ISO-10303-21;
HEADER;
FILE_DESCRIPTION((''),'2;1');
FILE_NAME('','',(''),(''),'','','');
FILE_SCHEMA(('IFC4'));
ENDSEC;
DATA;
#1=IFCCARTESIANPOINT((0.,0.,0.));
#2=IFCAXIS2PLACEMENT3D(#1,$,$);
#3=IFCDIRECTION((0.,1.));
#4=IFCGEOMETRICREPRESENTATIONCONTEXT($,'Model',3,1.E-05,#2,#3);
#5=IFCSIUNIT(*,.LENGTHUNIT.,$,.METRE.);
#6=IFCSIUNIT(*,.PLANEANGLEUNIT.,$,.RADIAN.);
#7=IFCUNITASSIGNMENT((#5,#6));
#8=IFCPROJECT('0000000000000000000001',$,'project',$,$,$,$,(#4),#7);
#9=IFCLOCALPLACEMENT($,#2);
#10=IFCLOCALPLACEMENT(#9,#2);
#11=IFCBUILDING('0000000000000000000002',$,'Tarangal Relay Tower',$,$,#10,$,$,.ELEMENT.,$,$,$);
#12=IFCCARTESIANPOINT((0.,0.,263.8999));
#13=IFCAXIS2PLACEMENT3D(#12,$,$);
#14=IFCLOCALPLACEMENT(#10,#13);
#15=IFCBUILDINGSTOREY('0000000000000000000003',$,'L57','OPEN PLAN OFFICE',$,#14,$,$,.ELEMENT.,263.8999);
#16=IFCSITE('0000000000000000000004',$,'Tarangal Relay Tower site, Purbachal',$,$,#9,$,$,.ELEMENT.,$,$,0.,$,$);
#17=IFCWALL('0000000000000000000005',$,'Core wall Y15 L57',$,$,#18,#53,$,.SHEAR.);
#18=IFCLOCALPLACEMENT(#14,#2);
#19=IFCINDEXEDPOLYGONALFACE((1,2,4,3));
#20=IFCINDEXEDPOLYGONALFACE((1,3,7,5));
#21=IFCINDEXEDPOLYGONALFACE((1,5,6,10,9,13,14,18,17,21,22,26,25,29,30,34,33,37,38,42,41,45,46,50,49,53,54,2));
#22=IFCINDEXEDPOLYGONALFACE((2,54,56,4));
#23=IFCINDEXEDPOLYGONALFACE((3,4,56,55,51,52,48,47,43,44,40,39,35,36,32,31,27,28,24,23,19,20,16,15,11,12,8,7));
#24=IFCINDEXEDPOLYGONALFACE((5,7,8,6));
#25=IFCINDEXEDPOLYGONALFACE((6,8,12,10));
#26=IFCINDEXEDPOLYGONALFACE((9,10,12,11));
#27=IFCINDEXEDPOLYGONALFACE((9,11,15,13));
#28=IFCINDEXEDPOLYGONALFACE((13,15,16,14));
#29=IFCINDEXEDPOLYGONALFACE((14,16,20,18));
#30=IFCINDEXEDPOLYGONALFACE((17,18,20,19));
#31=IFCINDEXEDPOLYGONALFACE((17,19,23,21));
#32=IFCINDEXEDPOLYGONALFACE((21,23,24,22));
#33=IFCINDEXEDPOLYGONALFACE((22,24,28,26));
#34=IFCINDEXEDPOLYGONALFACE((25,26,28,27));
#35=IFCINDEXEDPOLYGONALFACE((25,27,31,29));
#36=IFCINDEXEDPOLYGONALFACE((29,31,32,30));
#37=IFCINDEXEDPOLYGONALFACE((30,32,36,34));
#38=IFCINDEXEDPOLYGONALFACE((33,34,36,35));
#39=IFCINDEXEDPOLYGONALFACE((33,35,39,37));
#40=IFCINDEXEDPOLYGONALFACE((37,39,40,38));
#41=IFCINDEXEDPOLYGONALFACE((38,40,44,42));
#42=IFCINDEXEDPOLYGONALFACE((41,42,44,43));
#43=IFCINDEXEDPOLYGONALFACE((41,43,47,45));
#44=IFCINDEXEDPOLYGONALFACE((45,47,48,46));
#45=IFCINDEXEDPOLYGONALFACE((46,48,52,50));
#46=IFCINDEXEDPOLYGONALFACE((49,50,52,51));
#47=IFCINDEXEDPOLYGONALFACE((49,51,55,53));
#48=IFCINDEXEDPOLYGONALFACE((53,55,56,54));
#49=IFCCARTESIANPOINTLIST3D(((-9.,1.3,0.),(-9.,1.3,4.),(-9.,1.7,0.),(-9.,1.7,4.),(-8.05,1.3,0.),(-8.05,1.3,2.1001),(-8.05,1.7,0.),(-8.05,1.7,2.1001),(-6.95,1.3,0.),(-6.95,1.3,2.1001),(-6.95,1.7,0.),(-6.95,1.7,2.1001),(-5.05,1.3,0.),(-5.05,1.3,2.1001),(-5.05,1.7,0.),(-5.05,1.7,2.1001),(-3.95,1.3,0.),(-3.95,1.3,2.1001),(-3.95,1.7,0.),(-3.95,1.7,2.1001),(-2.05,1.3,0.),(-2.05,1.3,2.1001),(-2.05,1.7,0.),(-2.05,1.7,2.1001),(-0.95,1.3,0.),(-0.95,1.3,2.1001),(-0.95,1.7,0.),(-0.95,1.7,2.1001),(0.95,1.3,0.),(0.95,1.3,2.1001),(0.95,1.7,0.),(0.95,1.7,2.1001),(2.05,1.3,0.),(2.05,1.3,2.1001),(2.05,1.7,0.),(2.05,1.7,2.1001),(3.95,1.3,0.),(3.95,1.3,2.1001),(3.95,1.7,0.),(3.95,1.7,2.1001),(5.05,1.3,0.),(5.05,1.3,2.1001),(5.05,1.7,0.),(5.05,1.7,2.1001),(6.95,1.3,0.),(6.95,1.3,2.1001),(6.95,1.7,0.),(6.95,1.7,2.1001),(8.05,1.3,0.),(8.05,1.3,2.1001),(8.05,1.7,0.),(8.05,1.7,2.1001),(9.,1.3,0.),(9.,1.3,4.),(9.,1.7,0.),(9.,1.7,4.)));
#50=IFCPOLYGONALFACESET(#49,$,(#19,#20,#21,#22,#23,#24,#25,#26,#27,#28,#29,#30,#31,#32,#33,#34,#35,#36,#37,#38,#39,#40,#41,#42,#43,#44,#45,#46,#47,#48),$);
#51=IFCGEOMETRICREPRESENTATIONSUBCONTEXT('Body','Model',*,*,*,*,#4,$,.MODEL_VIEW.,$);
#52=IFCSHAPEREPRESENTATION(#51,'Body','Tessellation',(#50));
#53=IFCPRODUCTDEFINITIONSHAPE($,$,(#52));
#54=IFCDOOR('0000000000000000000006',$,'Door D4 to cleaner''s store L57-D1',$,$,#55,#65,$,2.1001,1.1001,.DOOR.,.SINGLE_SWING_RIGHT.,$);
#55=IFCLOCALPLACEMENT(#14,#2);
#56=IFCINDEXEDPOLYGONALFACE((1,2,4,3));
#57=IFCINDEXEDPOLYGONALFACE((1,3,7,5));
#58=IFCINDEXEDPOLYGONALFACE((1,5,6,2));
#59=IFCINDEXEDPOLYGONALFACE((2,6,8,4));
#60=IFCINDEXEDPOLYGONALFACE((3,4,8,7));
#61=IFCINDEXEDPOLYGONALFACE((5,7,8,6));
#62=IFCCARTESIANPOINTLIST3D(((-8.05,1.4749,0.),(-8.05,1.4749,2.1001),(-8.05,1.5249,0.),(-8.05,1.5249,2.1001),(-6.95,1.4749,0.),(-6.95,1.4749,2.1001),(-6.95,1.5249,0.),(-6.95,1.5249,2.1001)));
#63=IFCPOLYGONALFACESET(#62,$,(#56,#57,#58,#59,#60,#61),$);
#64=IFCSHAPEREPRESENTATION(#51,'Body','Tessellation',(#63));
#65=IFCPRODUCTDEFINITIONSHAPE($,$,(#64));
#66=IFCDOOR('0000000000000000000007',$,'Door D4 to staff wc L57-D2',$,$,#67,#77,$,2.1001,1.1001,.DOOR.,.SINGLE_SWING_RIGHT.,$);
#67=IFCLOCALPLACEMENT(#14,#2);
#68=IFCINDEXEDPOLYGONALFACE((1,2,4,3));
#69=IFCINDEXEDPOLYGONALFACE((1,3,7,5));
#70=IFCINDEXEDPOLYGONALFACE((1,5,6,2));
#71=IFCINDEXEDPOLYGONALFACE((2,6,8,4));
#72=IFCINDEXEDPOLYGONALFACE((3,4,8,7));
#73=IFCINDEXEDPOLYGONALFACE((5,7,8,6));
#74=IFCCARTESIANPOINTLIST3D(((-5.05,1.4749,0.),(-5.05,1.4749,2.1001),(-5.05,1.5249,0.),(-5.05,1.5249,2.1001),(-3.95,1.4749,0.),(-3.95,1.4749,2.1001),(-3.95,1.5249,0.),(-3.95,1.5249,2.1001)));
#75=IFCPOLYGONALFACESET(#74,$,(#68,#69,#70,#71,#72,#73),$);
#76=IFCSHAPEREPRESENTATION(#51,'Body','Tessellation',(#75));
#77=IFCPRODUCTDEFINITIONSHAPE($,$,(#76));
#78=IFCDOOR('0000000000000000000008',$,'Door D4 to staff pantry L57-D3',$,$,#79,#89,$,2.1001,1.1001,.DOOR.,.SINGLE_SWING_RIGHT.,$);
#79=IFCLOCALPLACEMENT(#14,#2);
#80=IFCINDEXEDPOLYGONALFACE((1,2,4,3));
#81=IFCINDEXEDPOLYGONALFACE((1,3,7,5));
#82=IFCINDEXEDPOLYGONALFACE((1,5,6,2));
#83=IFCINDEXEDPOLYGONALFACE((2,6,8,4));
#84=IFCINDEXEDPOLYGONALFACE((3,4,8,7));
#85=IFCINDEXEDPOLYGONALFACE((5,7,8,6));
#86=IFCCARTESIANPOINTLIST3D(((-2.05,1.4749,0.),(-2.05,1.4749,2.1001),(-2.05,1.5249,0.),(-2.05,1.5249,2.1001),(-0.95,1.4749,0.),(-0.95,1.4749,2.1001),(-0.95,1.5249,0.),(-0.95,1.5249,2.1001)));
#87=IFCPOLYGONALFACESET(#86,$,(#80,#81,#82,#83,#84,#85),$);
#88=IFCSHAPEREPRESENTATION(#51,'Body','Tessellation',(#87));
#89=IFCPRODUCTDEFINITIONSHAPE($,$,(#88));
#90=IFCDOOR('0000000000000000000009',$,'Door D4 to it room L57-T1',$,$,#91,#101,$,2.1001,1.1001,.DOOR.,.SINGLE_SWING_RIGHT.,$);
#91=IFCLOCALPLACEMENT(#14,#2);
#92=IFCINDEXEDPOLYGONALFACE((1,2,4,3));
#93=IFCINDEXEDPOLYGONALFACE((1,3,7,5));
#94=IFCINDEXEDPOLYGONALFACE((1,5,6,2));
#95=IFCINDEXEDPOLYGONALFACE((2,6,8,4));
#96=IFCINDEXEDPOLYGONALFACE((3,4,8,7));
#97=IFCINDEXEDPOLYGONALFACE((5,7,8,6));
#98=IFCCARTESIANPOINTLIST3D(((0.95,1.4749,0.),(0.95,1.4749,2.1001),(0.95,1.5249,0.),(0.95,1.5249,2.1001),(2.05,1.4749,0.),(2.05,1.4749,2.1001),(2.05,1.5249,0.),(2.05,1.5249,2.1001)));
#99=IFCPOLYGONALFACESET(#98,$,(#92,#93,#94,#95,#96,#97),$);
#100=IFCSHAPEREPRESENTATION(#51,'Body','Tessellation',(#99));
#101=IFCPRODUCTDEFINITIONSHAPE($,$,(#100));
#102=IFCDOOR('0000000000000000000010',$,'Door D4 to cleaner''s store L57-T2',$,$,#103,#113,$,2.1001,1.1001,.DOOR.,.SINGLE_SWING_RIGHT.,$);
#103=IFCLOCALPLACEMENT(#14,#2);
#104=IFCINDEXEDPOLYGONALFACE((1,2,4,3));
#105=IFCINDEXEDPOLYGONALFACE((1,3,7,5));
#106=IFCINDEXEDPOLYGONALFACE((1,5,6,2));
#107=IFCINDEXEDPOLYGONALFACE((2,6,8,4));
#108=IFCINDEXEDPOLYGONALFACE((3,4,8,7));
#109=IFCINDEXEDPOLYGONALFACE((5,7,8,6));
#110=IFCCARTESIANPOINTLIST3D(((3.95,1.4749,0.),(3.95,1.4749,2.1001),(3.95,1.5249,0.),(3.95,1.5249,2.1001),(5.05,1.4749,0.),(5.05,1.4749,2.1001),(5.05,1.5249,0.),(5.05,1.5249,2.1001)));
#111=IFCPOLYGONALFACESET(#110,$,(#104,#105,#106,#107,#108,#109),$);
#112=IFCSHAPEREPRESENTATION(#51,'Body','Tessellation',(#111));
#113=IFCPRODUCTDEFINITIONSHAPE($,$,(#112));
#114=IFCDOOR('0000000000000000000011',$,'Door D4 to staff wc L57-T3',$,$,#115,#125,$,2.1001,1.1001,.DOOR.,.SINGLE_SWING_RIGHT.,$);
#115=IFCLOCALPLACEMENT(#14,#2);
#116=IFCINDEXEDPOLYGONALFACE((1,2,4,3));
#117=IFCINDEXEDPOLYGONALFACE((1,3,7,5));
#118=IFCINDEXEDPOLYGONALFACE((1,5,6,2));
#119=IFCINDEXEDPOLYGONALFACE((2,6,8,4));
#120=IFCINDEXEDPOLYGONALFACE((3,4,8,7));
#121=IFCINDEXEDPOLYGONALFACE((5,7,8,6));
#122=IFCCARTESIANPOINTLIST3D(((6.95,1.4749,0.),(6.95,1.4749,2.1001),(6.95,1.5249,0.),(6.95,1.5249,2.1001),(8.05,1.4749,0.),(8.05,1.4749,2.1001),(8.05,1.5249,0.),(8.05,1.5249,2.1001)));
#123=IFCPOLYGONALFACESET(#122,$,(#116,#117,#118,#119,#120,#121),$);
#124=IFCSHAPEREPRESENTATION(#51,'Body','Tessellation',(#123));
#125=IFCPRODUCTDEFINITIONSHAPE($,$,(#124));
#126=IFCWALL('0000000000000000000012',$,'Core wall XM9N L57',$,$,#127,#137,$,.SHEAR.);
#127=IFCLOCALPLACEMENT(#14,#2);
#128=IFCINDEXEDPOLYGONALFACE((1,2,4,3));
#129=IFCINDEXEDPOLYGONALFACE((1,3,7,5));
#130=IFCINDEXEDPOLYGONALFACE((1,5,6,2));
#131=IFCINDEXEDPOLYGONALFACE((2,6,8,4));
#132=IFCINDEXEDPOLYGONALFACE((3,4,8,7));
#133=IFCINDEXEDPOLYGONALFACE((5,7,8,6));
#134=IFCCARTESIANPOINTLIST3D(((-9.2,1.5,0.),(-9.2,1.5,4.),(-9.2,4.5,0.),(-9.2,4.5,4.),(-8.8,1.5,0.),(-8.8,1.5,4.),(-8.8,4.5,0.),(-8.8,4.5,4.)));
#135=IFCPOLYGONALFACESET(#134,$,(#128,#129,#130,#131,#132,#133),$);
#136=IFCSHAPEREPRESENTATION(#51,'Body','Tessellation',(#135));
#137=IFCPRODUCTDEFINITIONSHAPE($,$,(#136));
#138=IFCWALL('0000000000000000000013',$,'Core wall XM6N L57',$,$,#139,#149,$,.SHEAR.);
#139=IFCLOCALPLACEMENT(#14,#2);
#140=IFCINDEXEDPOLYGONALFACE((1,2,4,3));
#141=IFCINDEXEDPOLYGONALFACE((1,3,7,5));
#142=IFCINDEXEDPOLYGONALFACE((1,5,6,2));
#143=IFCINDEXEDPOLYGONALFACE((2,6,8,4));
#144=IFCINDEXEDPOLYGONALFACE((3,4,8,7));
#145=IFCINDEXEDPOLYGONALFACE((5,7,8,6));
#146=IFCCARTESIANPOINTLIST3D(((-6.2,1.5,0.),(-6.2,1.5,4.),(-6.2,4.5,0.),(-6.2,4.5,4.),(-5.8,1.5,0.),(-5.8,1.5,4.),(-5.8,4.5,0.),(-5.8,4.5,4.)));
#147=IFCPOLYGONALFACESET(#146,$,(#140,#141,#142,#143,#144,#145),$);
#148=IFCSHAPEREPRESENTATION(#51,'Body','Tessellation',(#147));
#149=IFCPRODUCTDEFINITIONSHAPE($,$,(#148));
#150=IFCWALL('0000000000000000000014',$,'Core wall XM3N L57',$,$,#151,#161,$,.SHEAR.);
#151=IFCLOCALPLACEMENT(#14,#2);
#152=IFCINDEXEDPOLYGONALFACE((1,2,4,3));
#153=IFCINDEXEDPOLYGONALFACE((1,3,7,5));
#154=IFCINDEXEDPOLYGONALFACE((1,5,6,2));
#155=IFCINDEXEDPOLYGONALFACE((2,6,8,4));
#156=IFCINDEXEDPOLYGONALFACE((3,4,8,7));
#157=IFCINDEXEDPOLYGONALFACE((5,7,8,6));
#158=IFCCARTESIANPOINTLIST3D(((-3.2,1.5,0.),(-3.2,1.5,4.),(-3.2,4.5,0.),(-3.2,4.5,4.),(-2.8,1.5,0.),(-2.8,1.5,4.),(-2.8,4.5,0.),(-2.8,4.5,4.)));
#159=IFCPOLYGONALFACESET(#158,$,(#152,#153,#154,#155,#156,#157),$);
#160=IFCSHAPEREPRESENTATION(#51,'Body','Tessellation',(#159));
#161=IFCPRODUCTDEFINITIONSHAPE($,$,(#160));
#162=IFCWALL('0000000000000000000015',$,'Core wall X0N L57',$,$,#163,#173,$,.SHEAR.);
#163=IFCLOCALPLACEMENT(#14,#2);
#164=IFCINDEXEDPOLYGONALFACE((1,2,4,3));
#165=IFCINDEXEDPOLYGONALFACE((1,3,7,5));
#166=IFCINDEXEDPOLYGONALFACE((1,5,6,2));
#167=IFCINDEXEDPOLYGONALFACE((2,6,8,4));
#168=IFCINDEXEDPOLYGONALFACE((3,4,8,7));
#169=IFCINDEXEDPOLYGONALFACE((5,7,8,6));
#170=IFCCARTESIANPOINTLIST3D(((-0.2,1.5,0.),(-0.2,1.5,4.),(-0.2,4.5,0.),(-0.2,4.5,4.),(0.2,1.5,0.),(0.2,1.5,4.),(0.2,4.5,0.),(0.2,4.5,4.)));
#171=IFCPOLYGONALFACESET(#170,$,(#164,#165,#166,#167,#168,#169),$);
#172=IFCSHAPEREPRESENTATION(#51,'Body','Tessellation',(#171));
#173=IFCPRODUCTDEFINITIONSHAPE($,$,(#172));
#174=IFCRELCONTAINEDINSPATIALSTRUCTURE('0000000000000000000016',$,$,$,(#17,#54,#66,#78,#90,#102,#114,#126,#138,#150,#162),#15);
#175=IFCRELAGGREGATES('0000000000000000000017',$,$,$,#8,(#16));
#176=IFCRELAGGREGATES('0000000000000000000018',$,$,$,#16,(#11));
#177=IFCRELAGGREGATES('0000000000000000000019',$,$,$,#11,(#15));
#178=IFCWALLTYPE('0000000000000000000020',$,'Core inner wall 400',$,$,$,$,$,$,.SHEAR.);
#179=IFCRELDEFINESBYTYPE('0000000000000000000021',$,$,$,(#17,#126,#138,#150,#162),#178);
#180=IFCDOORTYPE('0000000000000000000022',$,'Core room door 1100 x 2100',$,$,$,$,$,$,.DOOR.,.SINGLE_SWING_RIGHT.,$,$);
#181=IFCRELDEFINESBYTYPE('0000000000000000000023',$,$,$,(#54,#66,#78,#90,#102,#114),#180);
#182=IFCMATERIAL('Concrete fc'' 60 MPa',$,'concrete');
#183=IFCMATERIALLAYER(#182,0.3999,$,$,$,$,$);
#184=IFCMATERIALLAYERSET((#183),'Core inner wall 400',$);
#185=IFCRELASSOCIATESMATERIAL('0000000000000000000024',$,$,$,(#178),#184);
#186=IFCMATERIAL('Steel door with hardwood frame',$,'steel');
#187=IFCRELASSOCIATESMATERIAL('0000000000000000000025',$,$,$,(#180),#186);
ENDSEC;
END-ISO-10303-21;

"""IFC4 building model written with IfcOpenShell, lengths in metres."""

from ifc_helpers import new_model, si_unit, direction, frame, frame_2d, origin, place, context, subcontext, project, spatial, rectangle, extrude, material, layer, layer_set, type_object, element, fill, save


model = new_model("IFC4")

# Units and contexts
model_context = context("Model", 3, precision=1e-05, world=origin(), true_north=direction((0.0, 1.0)))
body_context = subcontext(model_context, "Body", "Model", "MODEL_VIEW")
ifc_project = project(units=[si_unit("LENGTHUNIT", "METRE"), si_unit("PLANEANGLEUNIT", "RADIAN")], contexts=[model_context])

# Site, building, storey
site_placement = place(None, origin())
site = spatial("IfcSite", under=ifc_project, at=site_placement, Name="Tarangal Relay Tower site, Purbachal", CompositionType="ELEMENT", RefElevation=0.0)
building_placement = place(site_placement, origin())
building = spatial("IfcBuilding", under=site, at=building_placement, Name="Tarangal Relay Tower", CompositionType="ELEMENT")
storey_placement = place(building_placement, frame((0.0, 0.0, 263.8999)))
storey = spatial("IfcBuildingStorey", under=building, at=storey_placement, Name="L57", Description="OPEN PLAN OFFICE", CompositionType="ELEMENT", Elevation=263.8999)

# Wall, openings, doors
ifc_material_1 = material(Name="Concrete fc' 60 MPa", Category="concrete")
ifc_layer_1 = layer(ifc_material_1, 0.3999)
ifc_layer_set_1 = layer_set([ifc_layer_1], Name="Core inner wall 400")
wall_type = type_object("IfcWallType", Name="Core inner wall 400", PredefinedType="SHEAR", material=ifc_layer_set_1)
wall_1_placement = place(storey_placement, frame((-9.0, 1.5, 0.0), z_axis=(0.0, 0.0, 1.0), x_axis=(1.0, 0.0, 0.0)))
wall_1 = element("IfcWall", 1, at=wall_1_placement, inside=storey, type_object=wall_type, Name="Core wall Y15 L57", PredefinedType="SHEAR", context=body_context, shape_type="SweptSolid", body=[
    extrude(rectangle(XDim=18.0, YDim=0.3999, at=frame_2d((9.0, 0.0))), origin(), (0.0, 0.0, 1.0), 4.0),
])
opening_1_placement = place(wall_1_placement, frame((0.95, 0.0, 0.0)))
opening_1 = element("IfcOpeningElement", 2, at=opening_1_placement, cuts=wall_1, PredefinedType="OPENING", context=body_context, shape_type="SweptSolid", body=[
    extrude(rectangle(XDim=1.1001, YDim=2.1001, at=frame_2d((0.55, 1.05))), frame((0.0, 0.21, 0.0), z_axis=(0.0, -1.0, 0.0), x_axis=(1.0, 0.0, 0.0)), (0.0, 0.0, 1.0), 0.4199),
])
opening_2_placement = place(wall_1_placement, frame((3.95, 0.0, 0.0)))
opening_2 = element("IfcOpeningElement", 3, at=opening_2_placement, cuts=wall_1, PredefinedType="OPENING", context=body_context, shape_type="SweptSolid", body=[
    extrude(rectangle(XDim=1.1001, YDim=2.1001, at=frame_2d((0.55, 1.05))), frame((0.0, 0.21, 0.0), z_axis=(0.0, -1.0, 0.0), x_axis=(1.0, 0.0, 0.0)), (0.0, 0.0, 1.0), 0.4199),
])
opening_3_placement = place(wall_1_placement, frame((6.95, 0.0, 0.0)))
opening_3 = element("IfcOpeningElement", 4, at=opening_3_placement, cuts=wall_1, PredefinedType="OPENING", context=body_context, shape_type="SweptSolid", body=[
    extrude(rectangle(XDim=1.1001, YDim=2.1001, at=frame_2d((0.55, 1.05))), frame((0.0, 0.21, 0.0), z_axis=(0.0, -1.0, 0.0), x_axis=(1.0, 0.0, 0.0)), (0.0, 0.0, 1.0), 0.4199),
])
opening_4_placement = place(wall_1_placement, frame((9.95, 0.0, 0.0)))
opening_4 = element("IfcOpeningElement", 5, at=opening_4_placement, cuts=wall_1, PredefinedType="OPENING", context=body_context, shape_type="SweptSolid", body=[
    extrude(rectangle(XDim=1.1001, YDim=2.1001, at=frame_2d((0.55, 1.05))), frame((0.0, 0.21, 0.0), z_axis=(0.0, -1.0, 0.0), x_axis=(1.0, 0.0, 0.0)), (0.0, 0.0, 1.0), 0.4199),
])
opening_5_placement = place(wall_1_placement, frame((12.95, 0.0, 0.0)))
opening_5 = element("IfcOpeningElement", 6, at=opening_5_placement, cuts=wall_1, PredefinedType="OPENING", context=body_context, shape_type="SweptSolid", body=[
    extrude(rectangle(XDim=1.1001, YDim=2.1001, at=frame_2d((0.55, 1.05))), frame((0.0, 0.21, 0.0), z_axis=(0.0, -1.0, 0.0), x_axis=(1.0, 0.0, 0.0)), (0.0, 0.0, 1.0), 0.4199),
])
opening_6_placement = place(wall_1_placement, frame((15.95, 0.0, 0.0)))
opening_6 = element("IfcOpeningElement", 7, at=opening_6_placement, cuts=wall_1, PredefinedType="OPENING", context=body_context, shape_type="SweptSolid", body=[
    extrude(rectangle(XDim=1.1001, YDim=2.1001, at=frame_2d((0.55, 1.05))), frame((0.0, 0.21, 0.0), z_axis=(0.0, -1.0, 0.0), x_axis=(1.0, 0.0, 0.0)), (0.0, 0.0, 1.0), 0.4199),
])
ifc_material_2 = material(Name="Steel door with hardwood frame", Category="steel")
door_type_1 = type_object("IfcDoorType", Name="Core room door 1100 x 2100", OperationType="SINGLE_SWING_RIGHT", PredefinedType="DOOR", material=ifc_material_2)
door_1_placement = place(opening_1_placement, origin())
door_1 = element("IfcDoor", 8, at=door_1_placement, inside=storey, type_object=door_type_1, Name="Door D4 to cleaner's store L57-D1", OperationType="SINGLE_SWING_RIGHT", OverallHeight=2.1001, OverallWidth=1.1001, PredefinedType="DOOR", context=body_context, shape_type="SweptSolid", body=[
    extrude(rectangle(XDim=1.1001, YDim=2.1001, at=frame_2d((0.55, 1.05))), frame((0.0, 0.0249, 0.0), z_axis=(0.0, -1.0, 0.0), x_axis=(1.0, 0.0, 0.0)), (0.0, 0.0, 1.0), 0.05),
])
fill(opening_1, door_1)
door_2_placement = place(opening_2_placement, origin())
door_2 = element("IfcDoor", 9, at=door_2_placement, inside=storey, type_object=door_type_1, Name="Door D4 to staff wc L57-D2", OperationType="SINGLE_SWING_RIGHT", OverallHeight=2.1001, OverallWidth=1.1001, PredefinedType="DOOR", context=body_context, shape_type="SweptSolid", body=[
    extrude(rectangle(XDim=1.1001, YDim=2.1001, at=frame_2d((0.55, 1.05))), frame((0.0, 0.0249, 0.0), z_axis=(0.0, -1.0, 0.0), x_axis=(1.0, 0.0, 0.0)), (0.0, 0.0, 1.0), 0.05),
])
fill(opening_2, door_2)
door_3_placement = place(opening_3_placement, origin())
door_3 = element("IfcDoor", 10, at=door_3_placement, inside=storey, type_object=door_type_1, Name="Door D4 to staff pantry L57-D3", OperationType="SINGLE_SWING_RIGHT", OverallHeight=2.1001, OverallWidth=1.1001, PredefinedType="DOOR", context=body_context, shape_type="SweptSolid", body=[
    extrude(rectangle(XDim=1.1001, YDim=2.1001, at=frame_2d((0.55, 1.05))), frame((0.0, 0.0249, 0.0), z_axis=(0.0, -1.0, 0.0), x_axis=(1.0, 0.0, 0.0)), (0.0, 0.0, 1.0), 0.05),
])
fill(opening_3, door_3)
door_4_placement = place(opening_4_placement, origin())
door_4 = element("IfcDoor", 11, at=door_4_placement, inside=storey, type_object=door_type_1, Name="Door D4 to it room L57-T1", OperationType="SINGLE_SWING_RIGHT", OverallHeight=2.1001, OverallWidth=1.1001, PredefinedType="DOOR", context=body_context, shape_type="SweptSolid", body=[
    extrude(rectangle(XDim=1.1001, YDim=2.1001, at=frame_2d((0.55, 1.05))), frame((0.0, 0.0249, 0.0), z_axis=(0.0, -1.0, 0.0), x_axis=(1.0, 0.0, 0.0)), (0.0, 0.0, 1.0), 0.05),
])
fill(opening_4, door_4)
door_5_placement = place(opening_5_placement, origin())
door_5 = element("IfcDoor", 12, at=door_5_placement, inside=storey, type_object=door_type_1, Name="Door D4 to cleaner's store L57-T2", OperationType="SINGLE_SWING_RIGHT", OverallHeight=2.1001, OverallWidth=1.1001, PredefinedType="DOOR", context=body_context, shape_type="SweptSolid", body=[
    extrude(rectangle(XDim=1.1001, YDim=2.1001, at=frame_2d((0.55, 1.05))), frame((0.0, 0.0249, 0.0), z_axis=(0.0, -1.0, 0.0), x_axis=(1.0, 0.0, 0.0)), (0.0, 0.0, 1.0), 0.05),
])
fill(opening_5, door_5)
door_6_placement = place(opening_6_placement, origin())
door_6 = element("IfcDoor", 13, at=door_6_placement, inside=storey, type_object=door_type_1, Name="Door D4 to staff wc L57-T3", OperationType="SINGLE_SWING_RIGHT", OverallHeight=2.1001, OverallWidth=1.1001, PredefinedType="DOOR", context=body_context, shape_type="SweptSolid", body=[
    extrude(rectangle(XDim=1.1001, YDim=2.1001, at=frame_2d((0.55, 1.05))), frame((0.0, 0.0249, 0.0), z_axis=(0.0, -1.0, 0.0), x_axis=(1.0, 0.0, 0.0)), (0.0, 0.0, 1.0), 0.05),
])
fill(opening_6, door_6)

# Walls
for number, where, z_axis, x_axis, name in (
    (14, (-9.0, 1.5, 0.0), (0.0, 0.0, 1.0), (0.0, 1.0, 0.0), "Core wall XM9N L57"),
    (15, (-6.0, 1.5, 0.0), (0.0, 0.0, 1.0), (0.0, 1.0, 0.0), "Core wall XM6N L57"),
    (16, (-3.0, 1.5, 0.0), (0.0, 0.0, 1.0), (0.0, 1.0, 0.0), "Core wall XM3N L57"),
    (17, (0.0, 1.5, 0.0), (0.0, 0.0, 1.0), (0.0, 1.0, 0.0), "Core wall X0N L57"),
):
    element("IfcWall", number, at=place(storey_placement, frame(where, z_axis=z_axis, x_axis=x_axis)), inside=storey, type_object=wall_type, Name=name, PredefinedType="SHEAR", context=body_context, shape_type="SweptSolid", body=[
        extrude(rectangle(XDim=3.0, YDim=0.3999, at=frame_2d((1.5, 0.0))), origin(), (0.0, 0.0, 1.0), 4.0),
    ])

save(model, "model.ifc")
